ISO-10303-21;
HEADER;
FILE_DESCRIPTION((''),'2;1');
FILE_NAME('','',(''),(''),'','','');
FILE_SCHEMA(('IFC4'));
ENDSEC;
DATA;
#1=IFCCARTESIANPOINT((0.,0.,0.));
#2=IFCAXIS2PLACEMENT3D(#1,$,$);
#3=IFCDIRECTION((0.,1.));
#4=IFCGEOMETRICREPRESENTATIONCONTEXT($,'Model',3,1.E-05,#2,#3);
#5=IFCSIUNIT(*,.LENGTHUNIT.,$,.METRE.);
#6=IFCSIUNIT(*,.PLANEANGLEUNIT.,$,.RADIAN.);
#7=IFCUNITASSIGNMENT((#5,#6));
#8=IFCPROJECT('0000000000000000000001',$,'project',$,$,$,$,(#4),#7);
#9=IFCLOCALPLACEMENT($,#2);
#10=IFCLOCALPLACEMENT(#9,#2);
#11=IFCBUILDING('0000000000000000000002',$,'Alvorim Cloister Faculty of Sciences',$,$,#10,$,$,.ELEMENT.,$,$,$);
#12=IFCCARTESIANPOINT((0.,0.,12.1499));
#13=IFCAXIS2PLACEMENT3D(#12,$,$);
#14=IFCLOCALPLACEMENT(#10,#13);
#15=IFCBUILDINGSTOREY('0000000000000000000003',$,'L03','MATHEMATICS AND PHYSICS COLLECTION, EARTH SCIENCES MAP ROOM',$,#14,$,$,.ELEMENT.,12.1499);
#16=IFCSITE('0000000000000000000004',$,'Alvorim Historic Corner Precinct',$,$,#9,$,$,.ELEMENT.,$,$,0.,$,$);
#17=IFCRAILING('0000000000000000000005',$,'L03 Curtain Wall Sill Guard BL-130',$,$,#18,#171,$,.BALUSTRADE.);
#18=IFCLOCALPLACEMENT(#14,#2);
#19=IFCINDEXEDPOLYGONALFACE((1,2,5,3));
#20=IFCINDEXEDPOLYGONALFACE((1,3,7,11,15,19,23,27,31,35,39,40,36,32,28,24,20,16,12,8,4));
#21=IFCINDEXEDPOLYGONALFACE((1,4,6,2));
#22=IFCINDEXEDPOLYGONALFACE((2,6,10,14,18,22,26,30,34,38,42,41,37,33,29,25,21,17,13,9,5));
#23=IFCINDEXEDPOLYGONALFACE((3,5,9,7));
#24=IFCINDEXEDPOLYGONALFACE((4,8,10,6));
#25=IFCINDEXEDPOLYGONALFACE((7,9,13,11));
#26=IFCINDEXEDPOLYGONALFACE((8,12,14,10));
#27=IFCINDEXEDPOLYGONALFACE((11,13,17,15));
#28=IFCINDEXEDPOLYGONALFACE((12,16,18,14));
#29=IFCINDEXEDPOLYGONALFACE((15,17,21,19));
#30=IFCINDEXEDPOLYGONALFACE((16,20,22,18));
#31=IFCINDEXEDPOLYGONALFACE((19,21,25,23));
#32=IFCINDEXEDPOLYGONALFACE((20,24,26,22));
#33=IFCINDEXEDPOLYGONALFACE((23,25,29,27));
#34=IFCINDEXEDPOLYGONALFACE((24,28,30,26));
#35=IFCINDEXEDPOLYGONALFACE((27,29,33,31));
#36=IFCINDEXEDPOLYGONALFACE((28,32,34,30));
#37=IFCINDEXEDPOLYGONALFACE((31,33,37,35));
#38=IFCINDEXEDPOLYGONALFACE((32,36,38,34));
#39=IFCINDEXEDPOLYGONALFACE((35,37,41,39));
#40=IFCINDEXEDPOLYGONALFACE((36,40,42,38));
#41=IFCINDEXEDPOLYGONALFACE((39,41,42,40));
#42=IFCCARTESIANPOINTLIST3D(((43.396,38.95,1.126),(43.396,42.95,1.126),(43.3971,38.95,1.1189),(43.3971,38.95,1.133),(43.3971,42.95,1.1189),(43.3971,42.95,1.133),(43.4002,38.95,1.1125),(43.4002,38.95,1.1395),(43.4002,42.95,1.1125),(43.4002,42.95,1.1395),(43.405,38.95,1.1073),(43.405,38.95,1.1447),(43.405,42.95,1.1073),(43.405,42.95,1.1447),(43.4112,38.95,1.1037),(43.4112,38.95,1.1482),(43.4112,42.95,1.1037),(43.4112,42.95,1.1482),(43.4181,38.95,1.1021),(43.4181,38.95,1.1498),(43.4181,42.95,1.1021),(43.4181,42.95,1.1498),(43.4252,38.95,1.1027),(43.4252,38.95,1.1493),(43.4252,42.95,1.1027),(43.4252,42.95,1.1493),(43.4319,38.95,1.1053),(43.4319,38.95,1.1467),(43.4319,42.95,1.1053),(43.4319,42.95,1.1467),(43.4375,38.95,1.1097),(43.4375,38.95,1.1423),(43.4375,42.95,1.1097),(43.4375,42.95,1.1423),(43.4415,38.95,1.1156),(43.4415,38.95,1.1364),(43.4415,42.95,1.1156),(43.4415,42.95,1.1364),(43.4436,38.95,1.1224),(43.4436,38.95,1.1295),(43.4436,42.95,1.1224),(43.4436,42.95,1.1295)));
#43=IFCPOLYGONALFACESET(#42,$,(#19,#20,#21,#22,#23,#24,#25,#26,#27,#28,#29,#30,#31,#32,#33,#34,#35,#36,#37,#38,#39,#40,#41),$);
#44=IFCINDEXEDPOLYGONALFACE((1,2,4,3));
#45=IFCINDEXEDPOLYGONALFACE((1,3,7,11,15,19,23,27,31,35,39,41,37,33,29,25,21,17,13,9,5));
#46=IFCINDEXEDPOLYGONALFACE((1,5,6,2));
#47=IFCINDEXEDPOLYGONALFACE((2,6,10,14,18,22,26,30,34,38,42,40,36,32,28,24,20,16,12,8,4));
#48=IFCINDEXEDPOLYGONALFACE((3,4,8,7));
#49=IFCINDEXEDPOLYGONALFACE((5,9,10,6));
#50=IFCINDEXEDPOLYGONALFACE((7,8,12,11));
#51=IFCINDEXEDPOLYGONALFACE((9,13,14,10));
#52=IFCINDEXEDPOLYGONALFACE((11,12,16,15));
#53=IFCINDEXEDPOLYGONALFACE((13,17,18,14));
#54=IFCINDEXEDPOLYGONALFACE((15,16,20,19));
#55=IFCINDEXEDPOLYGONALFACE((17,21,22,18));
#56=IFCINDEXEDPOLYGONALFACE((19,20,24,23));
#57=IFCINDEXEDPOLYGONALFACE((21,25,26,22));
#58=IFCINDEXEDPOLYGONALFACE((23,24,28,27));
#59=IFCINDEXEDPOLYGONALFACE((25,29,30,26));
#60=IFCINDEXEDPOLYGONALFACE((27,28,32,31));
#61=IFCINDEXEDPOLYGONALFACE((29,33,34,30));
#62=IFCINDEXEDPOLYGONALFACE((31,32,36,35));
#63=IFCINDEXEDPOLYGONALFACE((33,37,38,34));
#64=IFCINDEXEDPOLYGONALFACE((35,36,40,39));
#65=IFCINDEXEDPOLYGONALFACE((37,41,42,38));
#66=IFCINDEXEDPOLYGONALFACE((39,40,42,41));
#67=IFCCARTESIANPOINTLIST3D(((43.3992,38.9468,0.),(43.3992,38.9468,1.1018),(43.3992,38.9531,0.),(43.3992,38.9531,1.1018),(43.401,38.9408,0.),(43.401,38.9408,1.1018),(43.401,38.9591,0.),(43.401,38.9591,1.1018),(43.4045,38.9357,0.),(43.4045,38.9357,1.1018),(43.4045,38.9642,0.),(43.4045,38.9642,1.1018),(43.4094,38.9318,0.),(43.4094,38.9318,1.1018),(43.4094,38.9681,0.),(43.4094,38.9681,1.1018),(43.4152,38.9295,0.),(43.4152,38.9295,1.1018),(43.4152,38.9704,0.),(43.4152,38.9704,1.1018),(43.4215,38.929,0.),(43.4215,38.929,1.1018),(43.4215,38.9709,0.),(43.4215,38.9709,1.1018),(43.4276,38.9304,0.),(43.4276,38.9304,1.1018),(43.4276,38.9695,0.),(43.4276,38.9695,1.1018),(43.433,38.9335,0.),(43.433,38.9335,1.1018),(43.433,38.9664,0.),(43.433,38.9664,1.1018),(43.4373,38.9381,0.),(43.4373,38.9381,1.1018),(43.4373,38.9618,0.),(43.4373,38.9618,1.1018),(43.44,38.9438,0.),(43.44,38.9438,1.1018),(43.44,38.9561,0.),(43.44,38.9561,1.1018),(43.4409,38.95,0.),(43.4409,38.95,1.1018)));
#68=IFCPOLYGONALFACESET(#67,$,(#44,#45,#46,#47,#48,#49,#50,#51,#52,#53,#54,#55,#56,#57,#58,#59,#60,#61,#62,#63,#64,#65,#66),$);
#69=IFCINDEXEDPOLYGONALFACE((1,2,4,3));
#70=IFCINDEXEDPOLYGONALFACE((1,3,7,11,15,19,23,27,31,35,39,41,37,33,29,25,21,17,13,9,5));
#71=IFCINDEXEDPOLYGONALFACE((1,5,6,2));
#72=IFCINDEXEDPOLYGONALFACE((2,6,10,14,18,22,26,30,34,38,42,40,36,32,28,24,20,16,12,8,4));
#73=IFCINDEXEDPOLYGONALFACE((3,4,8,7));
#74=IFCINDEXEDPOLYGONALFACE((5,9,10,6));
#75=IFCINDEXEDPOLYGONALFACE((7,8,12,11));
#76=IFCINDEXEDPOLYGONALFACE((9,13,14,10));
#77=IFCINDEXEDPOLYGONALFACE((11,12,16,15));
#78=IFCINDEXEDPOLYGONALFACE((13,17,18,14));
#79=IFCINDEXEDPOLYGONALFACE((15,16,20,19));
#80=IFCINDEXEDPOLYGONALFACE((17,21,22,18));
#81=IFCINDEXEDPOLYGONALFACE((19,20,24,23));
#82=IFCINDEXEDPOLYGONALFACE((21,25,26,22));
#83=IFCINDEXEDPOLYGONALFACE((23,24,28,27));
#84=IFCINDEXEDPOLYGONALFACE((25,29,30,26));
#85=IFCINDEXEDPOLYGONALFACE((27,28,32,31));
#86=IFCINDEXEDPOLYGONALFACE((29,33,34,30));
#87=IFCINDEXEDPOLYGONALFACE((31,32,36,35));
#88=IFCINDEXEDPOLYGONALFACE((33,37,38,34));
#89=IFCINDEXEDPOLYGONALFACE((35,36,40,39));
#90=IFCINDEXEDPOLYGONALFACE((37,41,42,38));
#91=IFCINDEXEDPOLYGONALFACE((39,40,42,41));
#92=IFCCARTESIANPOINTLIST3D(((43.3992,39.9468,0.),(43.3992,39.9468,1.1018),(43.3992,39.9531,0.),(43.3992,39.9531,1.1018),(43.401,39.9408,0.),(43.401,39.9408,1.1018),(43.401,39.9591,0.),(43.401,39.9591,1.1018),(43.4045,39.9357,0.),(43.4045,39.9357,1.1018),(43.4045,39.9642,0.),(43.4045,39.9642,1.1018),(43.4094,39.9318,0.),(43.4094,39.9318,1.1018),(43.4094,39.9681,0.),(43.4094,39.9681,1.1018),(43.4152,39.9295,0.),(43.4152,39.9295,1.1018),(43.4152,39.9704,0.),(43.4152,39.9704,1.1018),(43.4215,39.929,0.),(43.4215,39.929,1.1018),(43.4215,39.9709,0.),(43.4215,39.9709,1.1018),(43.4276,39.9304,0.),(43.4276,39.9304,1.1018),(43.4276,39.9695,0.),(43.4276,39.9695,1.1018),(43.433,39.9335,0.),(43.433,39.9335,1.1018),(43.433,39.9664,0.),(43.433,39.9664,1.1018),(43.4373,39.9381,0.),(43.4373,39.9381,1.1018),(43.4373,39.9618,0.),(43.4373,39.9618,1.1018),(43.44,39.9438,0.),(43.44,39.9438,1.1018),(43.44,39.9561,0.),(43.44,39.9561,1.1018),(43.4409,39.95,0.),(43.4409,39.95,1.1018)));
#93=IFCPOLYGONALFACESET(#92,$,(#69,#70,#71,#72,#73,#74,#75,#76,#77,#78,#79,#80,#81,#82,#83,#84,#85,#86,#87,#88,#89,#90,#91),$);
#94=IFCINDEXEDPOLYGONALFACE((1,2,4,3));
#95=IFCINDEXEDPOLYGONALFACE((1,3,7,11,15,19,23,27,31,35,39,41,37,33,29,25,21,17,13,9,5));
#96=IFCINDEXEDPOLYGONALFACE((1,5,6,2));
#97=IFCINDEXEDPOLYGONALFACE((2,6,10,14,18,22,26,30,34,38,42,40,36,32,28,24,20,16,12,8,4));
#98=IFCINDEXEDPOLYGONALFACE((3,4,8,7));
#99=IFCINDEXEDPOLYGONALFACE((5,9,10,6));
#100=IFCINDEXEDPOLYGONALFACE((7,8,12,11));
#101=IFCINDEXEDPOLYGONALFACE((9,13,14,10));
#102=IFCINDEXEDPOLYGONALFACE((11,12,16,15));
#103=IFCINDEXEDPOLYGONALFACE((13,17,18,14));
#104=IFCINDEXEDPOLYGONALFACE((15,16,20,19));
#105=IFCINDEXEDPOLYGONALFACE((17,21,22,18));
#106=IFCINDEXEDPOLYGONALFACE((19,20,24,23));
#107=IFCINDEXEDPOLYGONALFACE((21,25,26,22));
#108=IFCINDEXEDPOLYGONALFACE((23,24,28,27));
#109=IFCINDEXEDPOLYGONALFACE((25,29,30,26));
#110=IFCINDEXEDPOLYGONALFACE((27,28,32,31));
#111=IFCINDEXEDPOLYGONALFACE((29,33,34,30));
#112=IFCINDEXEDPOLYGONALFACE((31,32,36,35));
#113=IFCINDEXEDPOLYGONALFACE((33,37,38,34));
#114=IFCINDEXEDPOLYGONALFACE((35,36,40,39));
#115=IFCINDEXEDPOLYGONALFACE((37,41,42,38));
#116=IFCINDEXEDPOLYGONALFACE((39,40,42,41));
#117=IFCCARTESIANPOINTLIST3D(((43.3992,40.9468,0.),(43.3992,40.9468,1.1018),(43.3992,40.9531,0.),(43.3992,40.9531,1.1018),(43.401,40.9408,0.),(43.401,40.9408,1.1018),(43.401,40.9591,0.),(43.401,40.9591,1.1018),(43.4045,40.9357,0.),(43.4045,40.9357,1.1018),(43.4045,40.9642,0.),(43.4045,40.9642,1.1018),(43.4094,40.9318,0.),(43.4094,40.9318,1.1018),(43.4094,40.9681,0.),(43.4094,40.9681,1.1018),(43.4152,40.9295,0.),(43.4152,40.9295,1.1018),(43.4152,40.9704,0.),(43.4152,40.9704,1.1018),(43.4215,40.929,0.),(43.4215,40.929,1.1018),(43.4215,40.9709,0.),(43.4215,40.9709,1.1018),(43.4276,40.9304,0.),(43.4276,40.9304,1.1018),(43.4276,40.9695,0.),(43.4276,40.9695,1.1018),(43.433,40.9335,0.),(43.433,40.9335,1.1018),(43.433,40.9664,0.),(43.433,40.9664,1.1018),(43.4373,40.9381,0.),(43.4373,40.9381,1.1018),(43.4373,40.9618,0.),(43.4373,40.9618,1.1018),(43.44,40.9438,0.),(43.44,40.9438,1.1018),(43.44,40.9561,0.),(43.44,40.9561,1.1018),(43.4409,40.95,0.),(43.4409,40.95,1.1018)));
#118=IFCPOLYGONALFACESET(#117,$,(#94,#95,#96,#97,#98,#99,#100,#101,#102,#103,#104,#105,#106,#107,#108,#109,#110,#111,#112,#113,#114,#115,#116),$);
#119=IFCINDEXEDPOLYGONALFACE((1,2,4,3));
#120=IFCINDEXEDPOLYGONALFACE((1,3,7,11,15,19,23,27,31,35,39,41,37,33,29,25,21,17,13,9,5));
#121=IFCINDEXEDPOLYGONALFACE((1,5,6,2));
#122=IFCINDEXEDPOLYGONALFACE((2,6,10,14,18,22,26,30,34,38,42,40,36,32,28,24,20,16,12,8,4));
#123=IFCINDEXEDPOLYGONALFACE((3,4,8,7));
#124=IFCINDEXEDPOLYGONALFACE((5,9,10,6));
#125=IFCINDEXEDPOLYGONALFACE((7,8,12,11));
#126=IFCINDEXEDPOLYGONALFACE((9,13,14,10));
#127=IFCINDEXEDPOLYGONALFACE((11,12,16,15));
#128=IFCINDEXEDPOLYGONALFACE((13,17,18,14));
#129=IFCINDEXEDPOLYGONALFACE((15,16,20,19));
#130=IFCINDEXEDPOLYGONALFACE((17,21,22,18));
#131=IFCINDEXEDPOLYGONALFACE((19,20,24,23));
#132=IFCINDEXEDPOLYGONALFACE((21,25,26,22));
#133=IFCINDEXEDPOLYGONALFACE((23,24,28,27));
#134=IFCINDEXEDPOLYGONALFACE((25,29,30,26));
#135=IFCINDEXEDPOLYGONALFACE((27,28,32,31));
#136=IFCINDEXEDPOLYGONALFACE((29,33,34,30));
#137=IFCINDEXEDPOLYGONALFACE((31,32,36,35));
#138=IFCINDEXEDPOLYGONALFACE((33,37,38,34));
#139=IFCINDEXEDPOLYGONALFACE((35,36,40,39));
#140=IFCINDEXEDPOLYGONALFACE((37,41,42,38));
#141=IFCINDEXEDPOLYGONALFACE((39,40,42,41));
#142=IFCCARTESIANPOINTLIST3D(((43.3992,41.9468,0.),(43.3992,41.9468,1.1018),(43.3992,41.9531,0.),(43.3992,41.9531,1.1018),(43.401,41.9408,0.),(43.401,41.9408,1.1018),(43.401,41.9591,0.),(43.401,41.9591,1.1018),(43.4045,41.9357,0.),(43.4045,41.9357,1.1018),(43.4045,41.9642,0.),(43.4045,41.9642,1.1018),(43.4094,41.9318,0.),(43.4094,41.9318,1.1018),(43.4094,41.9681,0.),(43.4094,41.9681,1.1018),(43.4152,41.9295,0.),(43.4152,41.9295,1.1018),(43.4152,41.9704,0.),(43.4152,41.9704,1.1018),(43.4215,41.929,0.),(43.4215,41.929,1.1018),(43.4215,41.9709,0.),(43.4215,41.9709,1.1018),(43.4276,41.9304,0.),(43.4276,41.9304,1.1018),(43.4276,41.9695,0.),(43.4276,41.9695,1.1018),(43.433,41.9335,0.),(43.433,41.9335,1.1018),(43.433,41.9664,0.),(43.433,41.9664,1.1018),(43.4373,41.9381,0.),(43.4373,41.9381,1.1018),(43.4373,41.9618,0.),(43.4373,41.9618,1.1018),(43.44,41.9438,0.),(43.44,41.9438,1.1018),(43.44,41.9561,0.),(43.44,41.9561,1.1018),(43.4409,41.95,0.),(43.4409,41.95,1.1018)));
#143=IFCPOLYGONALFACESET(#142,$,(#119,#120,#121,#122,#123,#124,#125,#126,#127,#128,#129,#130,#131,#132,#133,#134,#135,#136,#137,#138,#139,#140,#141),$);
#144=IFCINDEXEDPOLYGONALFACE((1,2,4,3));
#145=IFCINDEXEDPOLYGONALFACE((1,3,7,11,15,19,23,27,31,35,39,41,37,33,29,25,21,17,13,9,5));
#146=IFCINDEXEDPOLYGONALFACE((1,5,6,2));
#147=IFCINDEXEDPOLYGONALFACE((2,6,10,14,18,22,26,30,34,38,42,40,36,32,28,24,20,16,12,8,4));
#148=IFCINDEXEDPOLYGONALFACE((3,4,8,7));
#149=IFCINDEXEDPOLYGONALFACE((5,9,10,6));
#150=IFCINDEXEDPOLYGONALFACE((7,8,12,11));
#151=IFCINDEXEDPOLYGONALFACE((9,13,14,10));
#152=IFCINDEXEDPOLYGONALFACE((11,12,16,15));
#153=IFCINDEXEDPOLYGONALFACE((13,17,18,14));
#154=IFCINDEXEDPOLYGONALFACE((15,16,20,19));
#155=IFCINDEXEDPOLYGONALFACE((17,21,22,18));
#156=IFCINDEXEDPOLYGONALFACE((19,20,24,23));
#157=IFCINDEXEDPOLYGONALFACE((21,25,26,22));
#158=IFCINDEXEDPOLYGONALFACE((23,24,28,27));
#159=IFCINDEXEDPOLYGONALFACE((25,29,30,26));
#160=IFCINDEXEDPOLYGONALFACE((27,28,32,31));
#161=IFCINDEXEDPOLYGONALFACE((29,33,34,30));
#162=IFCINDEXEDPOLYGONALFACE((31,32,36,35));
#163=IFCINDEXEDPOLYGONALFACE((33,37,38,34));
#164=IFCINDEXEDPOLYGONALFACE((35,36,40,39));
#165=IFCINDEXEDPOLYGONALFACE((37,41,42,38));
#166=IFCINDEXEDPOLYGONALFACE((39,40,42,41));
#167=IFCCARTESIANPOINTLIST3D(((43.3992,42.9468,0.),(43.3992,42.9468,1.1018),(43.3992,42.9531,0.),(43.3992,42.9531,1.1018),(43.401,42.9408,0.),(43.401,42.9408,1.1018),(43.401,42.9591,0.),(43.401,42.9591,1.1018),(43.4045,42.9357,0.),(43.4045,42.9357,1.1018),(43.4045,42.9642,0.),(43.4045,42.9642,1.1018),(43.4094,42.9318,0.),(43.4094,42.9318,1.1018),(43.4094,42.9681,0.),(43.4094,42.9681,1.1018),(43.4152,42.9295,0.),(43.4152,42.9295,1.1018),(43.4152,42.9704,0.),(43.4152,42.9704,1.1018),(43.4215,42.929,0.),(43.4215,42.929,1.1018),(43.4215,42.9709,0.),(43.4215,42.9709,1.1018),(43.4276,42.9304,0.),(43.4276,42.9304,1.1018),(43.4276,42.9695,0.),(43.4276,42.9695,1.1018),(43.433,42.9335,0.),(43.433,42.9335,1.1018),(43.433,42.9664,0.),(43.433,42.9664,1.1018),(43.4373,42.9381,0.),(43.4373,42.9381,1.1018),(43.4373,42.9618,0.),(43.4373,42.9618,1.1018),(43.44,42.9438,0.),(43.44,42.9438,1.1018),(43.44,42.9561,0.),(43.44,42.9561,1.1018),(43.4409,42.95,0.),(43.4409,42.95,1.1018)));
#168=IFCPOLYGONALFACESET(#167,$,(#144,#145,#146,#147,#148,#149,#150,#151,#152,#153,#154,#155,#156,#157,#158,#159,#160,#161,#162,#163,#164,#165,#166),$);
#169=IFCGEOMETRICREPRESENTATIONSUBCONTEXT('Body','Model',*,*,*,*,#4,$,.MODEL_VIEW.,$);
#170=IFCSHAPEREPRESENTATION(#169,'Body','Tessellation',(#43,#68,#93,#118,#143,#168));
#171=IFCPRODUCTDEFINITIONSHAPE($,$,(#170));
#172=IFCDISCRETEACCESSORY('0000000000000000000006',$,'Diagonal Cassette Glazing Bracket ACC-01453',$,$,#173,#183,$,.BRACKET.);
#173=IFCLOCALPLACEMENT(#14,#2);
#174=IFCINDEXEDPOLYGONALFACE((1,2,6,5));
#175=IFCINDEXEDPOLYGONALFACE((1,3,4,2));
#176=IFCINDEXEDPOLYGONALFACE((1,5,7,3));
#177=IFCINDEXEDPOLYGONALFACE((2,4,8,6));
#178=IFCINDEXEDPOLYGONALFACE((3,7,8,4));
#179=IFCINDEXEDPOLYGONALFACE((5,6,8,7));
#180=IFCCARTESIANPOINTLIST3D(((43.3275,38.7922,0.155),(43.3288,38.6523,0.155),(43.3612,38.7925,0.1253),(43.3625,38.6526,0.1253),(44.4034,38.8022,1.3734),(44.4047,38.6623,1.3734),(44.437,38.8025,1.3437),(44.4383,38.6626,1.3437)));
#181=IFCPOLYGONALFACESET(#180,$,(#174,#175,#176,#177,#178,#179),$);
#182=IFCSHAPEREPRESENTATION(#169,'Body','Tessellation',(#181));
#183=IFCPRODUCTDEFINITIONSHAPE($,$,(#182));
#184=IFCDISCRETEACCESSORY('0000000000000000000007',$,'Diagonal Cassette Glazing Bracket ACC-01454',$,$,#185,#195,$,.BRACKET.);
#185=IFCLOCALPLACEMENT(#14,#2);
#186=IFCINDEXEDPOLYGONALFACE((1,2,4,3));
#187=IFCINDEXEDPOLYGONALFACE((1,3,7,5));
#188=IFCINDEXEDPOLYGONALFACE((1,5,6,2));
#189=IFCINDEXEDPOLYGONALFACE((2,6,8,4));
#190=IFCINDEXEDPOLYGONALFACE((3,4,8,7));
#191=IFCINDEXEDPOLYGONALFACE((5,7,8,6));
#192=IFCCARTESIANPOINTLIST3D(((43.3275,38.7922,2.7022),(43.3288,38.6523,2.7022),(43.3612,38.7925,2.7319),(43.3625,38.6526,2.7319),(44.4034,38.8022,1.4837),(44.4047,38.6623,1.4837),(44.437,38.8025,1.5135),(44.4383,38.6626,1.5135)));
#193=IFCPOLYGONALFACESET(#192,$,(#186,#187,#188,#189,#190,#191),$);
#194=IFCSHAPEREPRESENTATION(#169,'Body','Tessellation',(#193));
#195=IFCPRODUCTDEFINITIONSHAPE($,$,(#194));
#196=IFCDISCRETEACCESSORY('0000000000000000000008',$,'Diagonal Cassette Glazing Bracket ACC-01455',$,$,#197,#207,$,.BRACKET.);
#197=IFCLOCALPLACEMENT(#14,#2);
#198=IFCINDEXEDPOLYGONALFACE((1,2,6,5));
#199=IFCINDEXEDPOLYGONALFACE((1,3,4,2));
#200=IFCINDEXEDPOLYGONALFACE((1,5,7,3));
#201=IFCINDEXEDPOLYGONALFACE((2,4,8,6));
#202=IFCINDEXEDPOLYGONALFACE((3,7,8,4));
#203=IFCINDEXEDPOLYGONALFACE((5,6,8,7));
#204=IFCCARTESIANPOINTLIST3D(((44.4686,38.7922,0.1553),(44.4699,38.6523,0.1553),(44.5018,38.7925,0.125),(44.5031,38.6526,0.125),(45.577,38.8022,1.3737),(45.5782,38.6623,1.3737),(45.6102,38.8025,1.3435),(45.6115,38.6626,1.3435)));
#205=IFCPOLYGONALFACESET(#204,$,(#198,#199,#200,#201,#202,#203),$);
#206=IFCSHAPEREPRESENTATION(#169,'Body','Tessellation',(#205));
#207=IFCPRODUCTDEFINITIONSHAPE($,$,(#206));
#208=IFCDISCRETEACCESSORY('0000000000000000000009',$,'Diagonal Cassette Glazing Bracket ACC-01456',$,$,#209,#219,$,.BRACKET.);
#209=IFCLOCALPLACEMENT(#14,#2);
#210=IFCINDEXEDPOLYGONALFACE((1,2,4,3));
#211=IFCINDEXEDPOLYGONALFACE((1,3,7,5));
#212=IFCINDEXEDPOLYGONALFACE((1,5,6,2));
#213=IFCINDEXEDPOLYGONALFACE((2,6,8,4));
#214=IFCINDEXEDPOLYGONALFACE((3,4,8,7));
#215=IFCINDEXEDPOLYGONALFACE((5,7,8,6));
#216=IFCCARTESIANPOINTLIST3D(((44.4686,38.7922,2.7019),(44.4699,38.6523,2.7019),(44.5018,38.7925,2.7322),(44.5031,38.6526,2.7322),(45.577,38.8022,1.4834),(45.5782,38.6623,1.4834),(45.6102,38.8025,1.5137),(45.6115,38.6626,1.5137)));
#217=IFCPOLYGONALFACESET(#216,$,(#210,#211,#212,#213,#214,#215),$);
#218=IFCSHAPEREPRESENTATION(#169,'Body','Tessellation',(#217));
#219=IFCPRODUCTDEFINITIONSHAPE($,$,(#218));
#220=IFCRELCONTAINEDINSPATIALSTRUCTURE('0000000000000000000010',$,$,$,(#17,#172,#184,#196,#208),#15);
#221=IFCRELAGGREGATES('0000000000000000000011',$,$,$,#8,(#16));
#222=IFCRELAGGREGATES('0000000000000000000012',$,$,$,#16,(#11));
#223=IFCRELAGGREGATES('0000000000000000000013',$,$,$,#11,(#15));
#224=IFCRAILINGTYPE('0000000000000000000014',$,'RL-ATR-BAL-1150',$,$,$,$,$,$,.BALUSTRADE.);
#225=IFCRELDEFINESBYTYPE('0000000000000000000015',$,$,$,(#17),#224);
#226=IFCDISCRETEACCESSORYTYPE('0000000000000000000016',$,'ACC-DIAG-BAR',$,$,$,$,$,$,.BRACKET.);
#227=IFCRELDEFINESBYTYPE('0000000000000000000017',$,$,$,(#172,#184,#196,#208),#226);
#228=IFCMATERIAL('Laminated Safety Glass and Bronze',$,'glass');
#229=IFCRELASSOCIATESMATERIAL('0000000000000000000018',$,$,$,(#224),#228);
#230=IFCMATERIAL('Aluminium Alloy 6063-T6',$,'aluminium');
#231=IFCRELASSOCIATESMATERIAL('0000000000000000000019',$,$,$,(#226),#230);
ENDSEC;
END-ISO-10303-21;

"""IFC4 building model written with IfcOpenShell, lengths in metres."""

from ifc_helpers import new_model, si_unit, direction, frame, origin, origin_2d, place, context, subcontext, project, spatial, rectangle, circle, extrude, material, type_object, element, save


model = new_model("IFC4")

# Units and contexts
model_context = context("Model", 3, precision=1e-05, world=origin(), true_north=direction((0.0, 1.0)))
body_context = subcontext(model_context, "Body", "Model", "MODEL_VIEW")
ifc_project = project(units=[si_unit("LENGTHUNIT", "METRE"), si_unit("PLANEANGLEUNIT", "RADIAN")], contexts=[model_context])

# Site, building, storey
site_placement = place(None, origin())
site = spatial("IfcSite", under=ifc_project, at=site_placement, Name="Alvorim Historic Corner Precinct", CompositionType="ELEMENT", RefElevation=0.0)
building_placement = place(site_placement, origin())
building = spatial("IfcBuilding", under=site, at=building_placement, Name="Alvorim Cloister Faculty of Sciences", CompositionType="ELEMENT")
storey_placement = place(building_placement, frame((0.0, 0.0, 12.1499)))
storey = spatial("IfcBuildingStorey", under=building, at=storey_placement, Name="L03", Description="MATHEMATICS AND PHYSICS COLLECTION, EARTH SCIENCES MAP ROOM", CompositionType="ELEMENT", Elevation=12.1499)

# Shared definitions
ifc_material_1 = material(Name="Aluminium Alloy 6063-T6", Category="aluminium")

# Railing
ifc_material_2 = material(Name="Laminated Safety Glass and Bronze", Category="glass")
railing_type = type_object("IfcRailingType", Name="RL-ATR-BAL-1150", PredefinedType="BALUSTRADE", material=ifc_material_2)
railing_1_placement = place(storey_placement, frame((43.4199, 38.95, 0.0)))
element("IfcRailing", 1, at=railing_1_placement, inside=storey, type_object=railing_type, Name="L03 Curtain Wall Sill Guard BL-130", PredefinedType="BALUSTRADE", context=body_context, shape_type="SweptSolid", body=[
    extrude(circle(Radius=0.0239, at=origin_2d()), frame((0.0, 0.0, 1.126), z_axis=(0.0, 1.0, 0.0), x_axis=(-1.0, 0.0, 0.0)), (0.0, 0.0, 1.0), 4.0),
    extrude(circle(Radius=0.021, at=origin_2d()), origin(), (0.0, 0.0, 1.0), 1.1018),
    extrude(circle(Radius=0.021, at=origin_2d()), frame((0.0, 1.0, 0.0)), (0.0, 0.0, 1.0), 1.1018),
    extrude(circle(Radius=0.021, at=origin_2d()), frame((0.0, 2.0, 0.0)), (0.0, 0.0, 1.0), 1.1018),
    extrude(circle(Radius=0.021, at=origin_2d()), frame((0.0, 3.0, 0.0)), (0.0, 0.0, 1.0), 1.1018),
    extrude(circle(Radius=0.021, at=origin_2d()), frame((0.0, 4.0, 0.0)), (0.0, 0.0, 1.0), 1.1018),
])

# Discrete accessories
discrete_accessory_type = type_object("IfcDiscreteAccessoryType", Name="ACC-DIAG-BAR", PredefinedType="BRACKET", material=ifc_material_1)
for number, where, z_axis, x_axis, name in (
    (2, (43.345, 38.7224, 0.1401), (0.661877, 0.006158, 0.749587), (-0.009303, 0.999957, 0.0), "Diagonal Cassette Glazing Bracket ACC-01453"),
    (3, (43.345, 38.7224, 2.717), (0.661877, 0.006158, -0.749587), (-0.009303, 0.999957, 0.0), "Diagonal Cassette Glazing Bracket ACC-01454"),
):
    element("IfcDiscreteAccessory", number, at=place(storey_placement, frame(where, z_axis=z_axis, x_axis=x_axis)), inside=storey, type_object=discrete_accessory_type, Name=name, PredefinedType="BRACKET", context=body_context, shape_type="SweptSolid", body=[
        extrude(rectangle(XDim=0.1399, YDim=0.0449, at=origin_2d()), origin(), (0.0, 0.0, 1.0), 1.6255),
    ])
for number, where, z_axis, x_axis, name in (
    (4, (44.4858, 38.7224, 0.1401), (0.672882, 0.006077, 0.739725), (-0.00903, 0.999959, 0.0), "Diagonal Cassette Glazing Bracket ACC-01455"),
    (5, (44.4858, 38.7224, 2.717), (0.672882, 0.006077, -0.739725), (-0.00903, 0.999959, 0.0), "Diagonal Cassette Glazing Bracket ACC-01456"),
):
    element("IfcDiscreteAccessory", number, at=place(storey_placement, frame(where, z_axis=z_axis, x_axis=x_axis)), inside=storey, type_object=discrete_accessory_type, Name=name, PredefinedType="BRACKET", context=body_context, shape_type="SweptSolid", body=[
        extrude(rectangle(XDim=0.1399, YDim=0.0449, at=origin_2d()), origin(), (0.0, 0.0, 1.0), 1.6472),
    ])

save(model, "model.ifc")
